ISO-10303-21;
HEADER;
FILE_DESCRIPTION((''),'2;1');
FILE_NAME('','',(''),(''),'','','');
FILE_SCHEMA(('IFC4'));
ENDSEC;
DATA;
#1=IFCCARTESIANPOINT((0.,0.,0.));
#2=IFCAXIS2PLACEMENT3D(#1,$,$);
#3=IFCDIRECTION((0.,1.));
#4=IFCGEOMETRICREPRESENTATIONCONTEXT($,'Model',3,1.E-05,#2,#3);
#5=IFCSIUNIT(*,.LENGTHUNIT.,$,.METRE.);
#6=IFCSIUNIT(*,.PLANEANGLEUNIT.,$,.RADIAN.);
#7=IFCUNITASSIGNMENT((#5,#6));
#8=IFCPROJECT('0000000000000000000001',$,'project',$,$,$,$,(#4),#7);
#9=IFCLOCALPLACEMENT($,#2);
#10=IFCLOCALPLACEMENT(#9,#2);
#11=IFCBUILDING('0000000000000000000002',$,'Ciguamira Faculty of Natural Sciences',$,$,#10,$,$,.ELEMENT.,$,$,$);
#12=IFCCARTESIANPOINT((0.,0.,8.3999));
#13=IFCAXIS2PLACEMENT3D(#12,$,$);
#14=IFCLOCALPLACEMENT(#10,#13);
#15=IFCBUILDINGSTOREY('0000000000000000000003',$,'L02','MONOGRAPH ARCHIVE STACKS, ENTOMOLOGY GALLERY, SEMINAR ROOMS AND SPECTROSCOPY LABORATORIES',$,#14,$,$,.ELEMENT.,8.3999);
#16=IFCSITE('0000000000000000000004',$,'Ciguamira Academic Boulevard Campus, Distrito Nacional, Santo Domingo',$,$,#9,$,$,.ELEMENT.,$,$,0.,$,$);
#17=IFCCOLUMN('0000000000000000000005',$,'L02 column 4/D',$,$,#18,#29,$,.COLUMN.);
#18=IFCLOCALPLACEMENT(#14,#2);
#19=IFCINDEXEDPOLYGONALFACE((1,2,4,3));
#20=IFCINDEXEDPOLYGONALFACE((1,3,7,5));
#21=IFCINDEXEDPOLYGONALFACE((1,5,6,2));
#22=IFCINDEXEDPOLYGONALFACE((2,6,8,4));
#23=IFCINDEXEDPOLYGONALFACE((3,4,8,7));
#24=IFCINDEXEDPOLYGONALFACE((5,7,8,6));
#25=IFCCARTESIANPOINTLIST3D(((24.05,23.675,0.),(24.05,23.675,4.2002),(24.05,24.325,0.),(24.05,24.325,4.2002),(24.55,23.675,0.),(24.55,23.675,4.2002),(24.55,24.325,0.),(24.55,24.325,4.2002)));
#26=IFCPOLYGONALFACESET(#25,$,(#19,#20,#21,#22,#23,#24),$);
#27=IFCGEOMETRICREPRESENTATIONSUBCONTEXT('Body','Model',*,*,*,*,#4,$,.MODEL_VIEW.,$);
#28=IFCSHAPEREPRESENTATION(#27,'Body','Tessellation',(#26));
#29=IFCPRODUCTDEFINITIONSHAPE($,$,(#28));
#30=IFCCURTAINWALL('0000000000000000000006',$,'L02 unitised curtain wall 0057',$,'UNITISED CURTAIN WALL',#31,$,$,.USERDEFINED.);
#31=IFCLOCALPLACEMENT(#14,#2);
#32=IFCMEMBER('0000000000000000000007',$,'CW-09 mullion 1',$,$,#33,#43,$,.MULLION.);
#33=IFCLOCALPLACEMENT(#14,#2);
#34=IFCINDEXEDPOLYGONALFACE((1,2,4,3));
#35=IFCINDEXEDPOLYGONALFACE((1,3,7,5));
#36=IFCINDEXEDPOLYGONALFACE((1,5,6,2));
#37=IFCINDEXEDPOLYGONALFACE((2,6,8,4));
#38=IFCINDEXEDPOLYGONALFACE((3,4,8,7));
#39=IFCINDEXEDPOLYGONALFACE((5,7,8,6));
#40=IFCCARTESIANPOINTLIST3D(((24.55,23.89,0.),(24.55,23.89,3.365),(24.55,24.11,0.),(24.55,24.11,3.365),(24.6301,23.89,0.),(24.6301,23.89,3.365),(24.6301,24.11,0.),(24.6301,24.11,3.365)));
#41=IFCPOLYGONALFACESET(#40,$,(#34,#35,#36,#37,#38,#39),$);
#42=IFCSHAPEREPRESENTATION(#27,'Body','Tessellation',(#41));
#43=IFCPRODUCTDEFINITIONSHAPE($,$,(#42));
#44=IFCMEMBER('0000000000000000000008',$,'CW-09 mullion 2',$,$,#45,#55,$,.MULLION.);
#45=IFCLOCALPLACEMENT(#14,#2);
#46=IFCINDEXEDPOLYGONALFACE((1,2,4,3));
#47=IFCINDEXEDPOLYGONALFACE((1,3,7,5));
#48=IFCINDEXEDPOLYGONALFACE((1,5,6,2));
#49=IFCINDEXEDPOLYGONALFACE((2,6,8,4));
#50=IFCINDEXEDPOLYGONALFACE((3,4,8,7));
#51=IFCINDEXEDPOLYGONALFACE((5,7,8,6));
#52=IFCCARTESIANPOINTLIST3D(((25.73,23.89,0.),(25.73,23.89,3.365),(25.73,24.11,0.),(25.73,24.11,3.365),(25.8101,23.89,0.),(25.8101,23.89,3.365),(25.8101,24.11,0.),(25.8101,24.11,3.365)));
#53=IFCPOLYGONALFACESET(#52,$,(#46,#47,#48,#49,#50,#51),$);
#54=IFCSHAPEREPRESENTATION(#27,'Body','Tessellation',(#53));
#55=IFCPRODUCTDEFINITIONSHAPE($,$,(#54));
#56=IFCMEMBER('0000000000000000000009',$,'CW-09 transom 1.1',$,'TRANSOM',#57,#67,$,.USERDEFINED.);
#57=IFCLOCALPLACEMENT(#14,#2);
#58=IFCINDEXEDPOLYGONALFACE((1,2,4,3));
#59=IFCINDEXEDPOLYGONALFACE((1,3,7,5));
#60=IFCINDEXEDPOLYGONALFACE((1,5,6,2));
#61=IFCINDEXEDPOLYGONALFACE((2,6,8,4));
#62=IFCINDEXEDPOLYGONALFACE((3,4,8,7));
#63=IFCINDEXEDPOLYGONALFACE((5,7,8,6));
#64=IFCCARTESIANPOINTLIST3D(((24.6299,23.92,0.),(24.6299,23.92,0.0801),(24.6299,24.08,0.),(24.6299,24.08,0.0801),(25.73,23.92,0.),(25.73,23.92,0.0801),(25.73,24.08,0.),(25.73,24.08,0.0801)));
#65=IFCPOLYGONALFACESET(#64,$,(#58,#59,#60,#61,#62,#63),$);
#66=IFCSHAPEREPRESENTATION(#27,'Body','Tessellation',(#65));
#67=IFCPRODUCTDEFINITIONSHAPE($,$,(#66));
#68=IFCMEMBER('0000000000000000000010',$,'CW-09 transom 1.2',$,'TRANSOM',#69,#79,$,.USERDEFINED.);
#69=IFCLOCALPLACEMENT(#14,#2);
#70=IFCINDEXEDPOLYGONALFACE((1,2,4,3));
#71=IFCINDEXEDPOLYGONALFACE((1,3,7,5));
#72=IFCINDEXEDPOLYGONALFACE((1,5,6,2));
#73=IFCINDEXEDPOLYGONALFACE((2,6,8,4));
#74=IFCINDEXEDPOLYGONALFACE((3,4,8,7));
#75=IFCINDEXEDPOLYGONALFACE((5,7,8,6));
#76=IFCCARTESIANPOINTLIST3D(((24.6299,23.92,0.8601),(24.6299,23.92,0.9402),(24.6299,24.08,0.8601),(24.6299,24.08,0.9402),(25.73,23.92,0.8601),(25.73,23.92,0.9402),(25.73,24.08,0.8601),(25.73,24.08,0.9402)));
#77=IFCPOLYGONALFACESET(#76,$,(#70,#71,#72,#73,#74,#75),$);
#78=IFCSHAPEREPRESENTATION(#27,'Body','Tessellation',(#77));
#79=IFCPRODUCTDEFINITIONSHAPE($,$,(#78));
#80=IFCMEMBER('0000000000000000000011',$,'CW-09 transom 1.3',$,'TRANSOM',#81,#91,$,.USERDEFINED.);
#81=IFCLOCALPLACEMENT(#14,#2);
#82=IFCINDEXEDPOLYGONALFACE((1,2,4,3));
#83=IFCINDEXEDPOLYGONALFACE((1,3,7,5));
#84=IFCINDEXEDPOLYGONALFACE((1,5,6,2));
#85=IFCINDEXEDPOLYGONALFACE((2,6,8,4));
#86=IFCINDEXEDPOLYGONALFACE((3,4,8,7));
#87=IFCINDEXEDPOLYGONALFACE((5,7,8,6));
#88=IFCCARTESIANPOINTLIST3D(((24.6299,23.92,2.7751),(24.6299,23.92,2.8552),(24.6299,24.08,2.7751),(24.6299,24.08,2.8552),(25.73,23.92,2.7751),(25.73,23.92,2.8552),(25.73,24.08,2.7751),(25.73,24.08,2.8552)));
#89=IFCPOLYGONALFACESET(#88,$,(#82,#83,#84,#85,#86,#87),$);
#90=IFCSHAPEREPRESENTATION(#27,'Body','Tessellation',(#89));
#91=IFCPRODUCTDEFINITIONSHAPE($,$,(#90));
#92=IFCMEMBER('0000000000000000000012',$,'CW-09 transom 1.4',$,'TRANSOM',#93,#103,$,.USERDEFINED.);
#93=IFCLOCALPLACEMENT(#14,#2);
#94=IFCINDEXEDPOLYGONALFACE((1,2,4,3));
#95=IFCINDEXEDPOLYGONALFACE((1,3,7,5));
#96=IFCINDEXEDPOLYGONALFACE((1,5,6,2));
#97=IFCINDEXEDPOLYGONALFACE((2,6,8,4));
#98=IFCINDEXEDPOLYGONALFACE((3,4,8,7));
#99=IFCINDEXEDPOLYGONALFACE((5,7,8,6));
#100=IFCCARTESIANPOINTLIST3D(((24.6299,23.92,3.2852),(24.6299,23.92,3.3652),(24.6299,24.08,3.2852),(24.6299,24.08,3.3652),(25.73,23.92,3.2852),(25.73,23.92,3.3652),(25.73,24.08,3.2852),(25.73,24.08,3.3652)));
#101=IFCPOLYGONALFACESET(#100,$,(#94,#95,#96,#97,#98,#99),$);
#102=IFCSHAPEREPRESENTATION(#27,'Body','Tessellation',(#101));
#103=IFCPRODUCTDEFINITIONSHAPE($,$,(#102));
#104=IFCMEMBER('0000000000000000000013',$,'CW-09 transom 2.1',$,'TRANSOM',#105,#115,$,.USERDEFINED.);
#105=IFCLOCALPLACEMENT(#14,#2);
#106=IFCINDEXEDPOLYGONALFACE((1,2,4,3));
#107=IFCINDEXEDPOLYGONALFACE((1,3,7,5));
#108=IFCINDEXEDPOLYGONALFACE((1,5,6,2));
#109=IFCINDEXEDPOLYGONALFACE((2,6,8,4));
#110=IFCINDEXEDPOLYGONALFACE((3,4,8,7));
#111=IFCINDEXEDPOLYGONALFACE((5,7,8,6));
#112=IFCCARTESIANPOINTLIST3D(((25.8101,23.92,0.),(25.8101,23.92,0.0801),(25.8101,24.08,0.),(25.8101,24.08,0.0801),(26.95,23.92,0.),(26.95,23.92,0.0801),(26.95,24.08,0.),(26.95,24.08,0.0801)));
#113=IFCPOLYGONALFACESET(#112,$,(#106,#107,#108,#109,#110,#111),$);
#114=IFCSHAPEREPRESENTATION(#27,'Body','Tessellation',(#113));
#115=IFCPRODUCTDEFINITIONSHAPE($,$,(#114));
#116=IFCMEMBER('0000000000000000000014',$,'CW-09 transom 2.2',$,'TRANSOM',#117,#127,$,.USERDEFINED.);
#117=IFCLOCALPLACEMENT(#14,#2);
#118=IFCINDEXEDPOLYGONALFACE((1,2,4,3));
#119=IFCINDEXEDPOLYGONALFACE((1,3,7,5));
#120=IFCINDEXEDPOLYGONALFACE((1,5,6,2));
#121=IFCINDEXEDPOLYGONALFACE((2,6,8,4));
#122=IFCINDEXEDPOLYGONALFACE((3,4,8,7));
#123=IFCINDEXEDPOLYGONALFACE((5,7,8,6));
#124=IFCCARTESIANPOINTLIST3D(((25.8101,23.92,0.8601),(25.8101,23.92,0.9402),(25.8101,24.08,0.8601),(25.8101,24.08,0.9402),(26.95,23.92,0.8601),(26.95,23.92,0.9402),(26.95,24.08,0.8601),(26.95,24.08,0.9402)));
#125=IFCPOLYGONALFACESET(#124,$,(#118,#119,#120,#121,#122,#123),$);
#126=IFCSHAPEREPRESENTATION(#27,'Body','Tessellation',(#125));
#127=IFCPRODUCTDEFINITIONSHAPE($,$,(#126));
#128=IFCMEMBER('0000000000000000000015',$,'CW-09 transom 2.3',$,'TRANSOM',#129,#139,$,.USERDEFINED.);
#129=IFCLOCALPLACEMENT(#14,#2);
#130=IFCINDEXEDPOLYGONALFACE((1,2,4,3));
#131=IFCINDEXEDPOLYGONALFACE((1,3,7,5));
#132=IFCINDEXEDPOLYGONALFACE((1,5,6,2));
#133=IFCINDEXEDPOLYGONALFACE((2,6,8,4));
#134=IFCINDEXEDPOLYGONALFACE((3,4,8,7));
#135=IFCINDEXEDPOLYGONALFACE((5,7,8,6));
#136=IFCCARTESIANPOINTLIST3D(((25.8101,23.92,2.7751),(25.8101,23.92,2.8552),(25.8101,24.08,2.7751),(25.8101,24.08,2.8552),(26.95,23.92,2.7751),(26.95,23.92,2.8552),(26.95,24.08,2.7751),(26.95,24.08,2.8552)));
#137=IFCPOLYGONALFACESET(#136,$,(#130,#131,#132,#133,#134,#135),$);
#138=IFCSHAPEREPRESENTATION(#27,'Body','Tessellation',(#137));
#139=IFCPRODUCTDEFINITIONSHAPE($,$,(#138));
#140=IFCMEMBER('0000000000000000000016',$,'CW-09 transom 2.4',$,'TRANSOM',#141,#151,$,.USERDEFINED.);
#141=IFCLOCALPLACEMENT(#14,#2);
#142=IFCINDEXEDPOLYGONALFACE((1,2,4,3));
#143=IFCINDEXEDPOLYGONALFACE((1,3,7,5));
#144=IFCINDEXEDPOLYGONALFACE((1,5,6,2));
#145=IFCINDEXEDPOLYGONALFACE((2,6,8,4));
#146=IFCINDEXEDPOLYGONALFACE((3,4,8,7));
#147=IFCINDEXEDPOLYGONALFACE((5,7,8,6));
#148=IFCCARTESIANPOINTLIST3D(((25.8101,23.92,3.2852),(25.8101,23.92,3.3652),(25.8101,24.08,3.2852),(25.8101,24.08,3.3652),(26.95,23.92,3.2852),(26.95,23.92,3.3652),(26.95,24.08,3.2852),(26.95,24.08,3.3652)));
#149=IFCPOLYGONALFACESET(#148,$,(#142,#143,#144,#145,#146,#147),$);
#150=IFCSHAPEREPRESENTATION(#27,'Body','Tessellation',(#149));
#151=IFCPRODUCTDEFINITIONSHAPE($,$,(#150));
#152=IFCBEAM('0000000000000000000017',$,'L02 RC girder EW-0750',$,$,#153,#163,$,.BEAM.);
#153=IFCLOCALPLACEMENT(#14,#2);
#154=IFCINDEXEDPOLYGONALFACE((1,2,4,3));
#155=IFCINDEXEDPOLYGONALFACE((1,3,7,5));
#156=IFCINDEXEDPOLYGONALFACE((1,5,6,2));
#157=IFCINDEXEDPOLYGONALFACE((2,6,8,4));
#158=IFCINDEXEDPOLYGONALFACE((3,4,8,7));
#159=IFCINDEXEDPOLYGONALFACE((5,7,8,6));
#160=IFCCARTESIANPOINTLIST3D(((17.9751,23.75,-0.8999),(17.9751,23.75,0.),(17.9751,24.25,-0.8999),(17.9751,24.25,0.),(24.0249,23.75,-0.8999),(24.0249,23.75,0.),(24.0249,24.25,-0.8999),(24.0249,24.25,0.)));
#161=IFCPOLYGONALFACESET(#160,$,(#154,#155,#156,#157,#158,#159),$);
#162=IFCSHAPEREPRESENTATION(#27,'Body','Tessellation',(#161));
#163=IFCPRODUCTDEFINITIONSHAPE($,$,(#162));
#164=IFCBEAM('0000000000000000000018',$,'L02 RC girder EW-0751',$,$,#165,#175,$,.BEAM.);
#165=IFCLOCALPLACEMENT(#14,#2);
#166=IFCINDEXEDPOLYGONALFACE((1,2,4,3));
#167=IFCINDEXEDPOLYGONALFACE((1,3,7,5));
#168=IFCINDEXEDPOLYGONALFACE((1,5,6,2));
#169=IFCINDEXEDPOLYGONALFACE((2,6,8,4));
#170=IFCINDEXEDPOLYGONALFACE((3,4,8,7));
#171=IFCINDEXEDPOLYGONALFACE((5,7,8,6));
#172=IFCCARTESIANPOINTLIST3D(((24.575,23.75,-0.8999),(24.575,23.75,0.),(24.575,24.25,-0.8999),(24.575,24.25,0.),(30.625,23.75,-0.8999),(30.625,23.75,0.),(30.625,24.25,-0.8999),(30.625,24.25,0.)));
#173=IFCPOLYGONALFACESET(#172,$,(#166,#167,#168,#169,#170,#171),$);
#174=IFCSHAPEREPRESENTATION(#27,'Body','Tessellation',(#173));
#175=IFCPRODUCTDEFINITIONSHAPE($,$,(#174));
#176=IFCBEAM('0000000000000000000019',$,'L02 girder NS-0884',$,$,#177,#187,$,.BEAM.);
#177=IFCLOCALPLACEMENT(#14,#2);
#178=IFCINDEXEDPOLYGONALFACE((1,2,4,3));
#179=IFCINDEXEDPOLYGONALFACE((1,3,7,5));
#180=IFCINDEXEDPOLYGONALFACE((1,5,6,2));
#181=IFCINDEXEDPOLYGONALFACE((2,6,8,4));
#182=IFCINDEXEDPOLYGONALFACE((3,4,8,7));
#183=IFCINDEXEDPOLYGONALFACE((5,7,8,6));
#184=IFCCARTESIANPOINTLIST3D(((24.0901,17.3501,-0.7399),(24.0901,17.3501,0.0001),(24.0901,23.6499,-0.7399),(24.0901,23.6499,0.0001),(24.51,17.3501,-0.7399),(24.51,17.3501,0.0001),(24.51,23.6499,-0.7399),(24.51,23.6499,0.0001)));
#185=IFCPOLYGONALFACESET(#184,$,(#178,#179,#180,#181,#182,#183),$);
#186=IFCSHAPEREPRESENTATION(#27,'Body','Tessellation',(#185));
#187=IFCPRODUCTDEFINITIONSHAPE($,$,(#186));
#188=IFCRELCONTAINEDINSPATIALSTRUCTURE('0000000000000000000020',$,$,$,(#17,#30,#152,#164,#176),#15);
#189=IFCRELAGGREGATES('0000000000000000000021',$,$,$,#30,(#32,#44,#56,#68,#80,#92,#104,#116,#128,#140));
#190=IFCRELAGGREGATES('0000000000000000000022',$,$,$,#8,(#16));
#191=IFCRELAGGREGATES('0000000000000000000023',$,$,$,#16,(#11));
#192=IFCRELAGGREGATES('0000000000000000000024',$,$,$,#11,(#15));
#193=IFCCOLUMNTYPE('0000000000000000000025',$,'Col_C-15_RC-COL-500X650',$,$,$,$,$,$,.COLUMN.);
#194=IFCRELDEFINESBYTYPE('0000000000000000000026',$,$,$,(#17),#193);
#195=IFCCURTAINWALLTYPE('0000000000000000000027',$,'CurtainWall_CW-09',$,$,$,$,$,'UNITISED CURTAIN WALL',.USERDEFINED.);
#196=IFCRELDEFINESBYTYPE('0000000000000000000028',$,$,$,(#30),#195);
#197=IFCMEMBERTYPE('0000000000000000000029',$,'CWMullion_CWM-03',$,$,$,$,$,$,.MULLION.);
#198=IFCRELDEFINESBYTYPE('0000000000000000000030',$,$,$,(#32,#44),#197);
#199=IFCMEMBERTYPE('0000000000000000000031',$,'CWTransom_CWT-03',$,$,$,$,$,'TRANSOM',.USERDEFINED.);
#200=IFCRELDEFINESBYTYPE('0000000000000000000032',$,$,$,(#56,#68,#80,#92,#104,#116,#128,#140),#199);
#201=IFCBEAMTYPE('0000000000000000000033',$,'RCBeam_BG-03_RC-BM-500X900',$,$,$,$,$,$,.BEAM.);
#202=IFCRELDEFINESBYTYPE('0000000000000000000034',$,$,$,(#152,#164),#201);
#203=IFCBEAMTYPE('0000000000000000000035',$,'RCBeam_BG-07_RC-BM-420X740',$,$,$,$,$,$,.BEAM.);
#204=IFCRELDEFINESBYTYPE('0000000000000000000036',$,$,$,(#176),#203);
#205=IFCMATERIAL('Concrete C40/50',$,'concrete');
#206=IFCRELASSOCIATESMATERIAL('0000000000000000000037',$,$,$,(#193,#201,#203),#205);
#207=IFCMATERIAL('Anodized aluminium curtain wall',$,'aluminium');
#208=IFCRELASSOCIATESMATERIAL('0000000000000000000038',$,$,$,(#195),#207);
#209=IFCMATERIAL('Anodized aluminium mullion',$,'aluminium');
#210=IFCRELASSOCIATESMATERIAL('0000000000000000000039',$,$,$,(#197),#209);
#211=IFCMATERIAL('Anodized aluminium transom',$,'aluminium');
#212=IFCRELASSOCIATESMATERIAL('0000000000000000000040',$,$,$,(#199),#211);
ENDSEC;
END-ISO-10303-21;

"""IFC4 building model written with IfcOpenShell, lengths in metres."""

from ifc_helpers import new_model, si_unit, direction, frame, origin, origin_2d, place, context, subcontext, project, spatial, rectangle, extrude, material, material_profile, profile_set, type_object, element, aggregate, save


model = new_model("IFC4")

# Units and contexts
model_context = context("Model", 3, precision=1e-05, world=origin(), true_north=direction((0.0, 1.0)))
body_context = subcontext(model_context, "Body", "Model", "MODEL_VIEW")
ifc_project = project(units=[si_unit("LENGTHUNIT", "METRE"), si_unit("PLANEANGLEUNIT", "RADIAN")], contexts=[model_context])

# Site, building, storey
site_placement = place(None, origin())
site = spatial("IfcSite", under=ifc_project, at=site_placement, Name="Ciguamira Academic Boulevard Campus, Distrito Nacional, Santo Domingo", CompositionType="ELEMENT", RefElevation=0.0)
building_placement = place(site_placement, origin())
building = spatial("IfcBuilding", under=site, at=building_placement, Name="Ciguamira Faculty of Natural Sciences", CompositionType="ELEMENT")
storey_placement = place(building_placement, frame((0.0, 0.0, 8.3999)))
storey = spatial("IfcBuildingStorey", under=building, at=storey_placement, Name="L02", Description="MONOGRAPH ARCHIVE STACKS, ENTOMOLOGY GALLERY, SEMINAR ROOMS AND SPECTROSCOPY LABORATORIES", CompositionType="ELEMENT", Elevation=8.3999)

# Column
ifc_material_1 = material(Name="Concrete C40/50", Category="concrete")
ifc_material_profile_1 = material_profile(ifc_material_1, rectangle(XDim=0.5, YDim=0.6499, at=origin_2d()), Name="RC-COL-500X650")
ifc_profile_set_1 = profile_set([ifc_material_profile_1], Name="Concrete C40/50")
column_type = type_object("IfcColumnType", Name="Col_C-15_RC-COL-500X650", PredefinedType="COLUMN", material=ifc_profile_set_1)
column_placement = place(storey_placement, frame((24.3, 24.0, 0.0), z_axis=(0.0, 0.0, 1.0), x_axis=(1.0, 0.0, 0.0)))
element("IfcColumn", 1, at=column_placement, inside=storey, type_object=column_type, Name="L02 column 4/D", PredefinedType="COLUMN", context=body_context, shape_type="SweptSolid", body=[
    extrude(rectangle(XDim=0.5, YDim=0.6499, at=origin_2d()), origin(), (0.0, 0.0, 1.0), 4.2002),
])

# Curtain wall, members
ifc_material_2 = material(Name="Anodized aluminium curtain wall", Category="aluminium")
curtain_wall_type = type_object("IfcCurtainWallType", Name="CurtainWall_CW-09", ElementType="UNITISED CURTAIN WALL", PredefinedType="USERDEFINED", material=ifc_material_2)
curtain_wall_placement = place(storey_placement, origin())
curtain_wall = element("IfcCurtainWall", 2, at=curtain_wall_placement, inside=storey, type_object=curtain_wall_type, Name="L02 unitised curtain wall 0057", ObjectType="UNITISED CURTAIN WALL", PredefinedType="USERDEFINED")
ifc_material_3 = material(Name="Anodized aluminium mullion", Category="aluminium")
ifc_material_profile_2 = material_profile(ifc_material_3, rectangle(XDim=0.0801, YDim=0.22, at=origin_2d()), Name="ALU-MUL-80X220")
ifc_profile_set_2 = profile_set([ifc_material_profile_2], Name="Anodized aluminium mullion")
member_type_1 = type_object("IfcMemberType", Name="CWMullion_CWM-03", PredefinedType="MULLION", material=ifc_profile_set_2)
member_1_placement = place(storey_placement, frame((24.5901, 24.0, 0.0), z_axis=(0.0, 0.0, 1.0), x_axis=(1.0, 0.0, 0.0)))
member_1 = element("IfcMember", 3, at=member_1_placement, type_object=member_type_1, Name="CW-09 mullion 1", PredefinedType="MULLION", context=body_context, shape_type="SweptSolid", body=[
    extrude(rectangle(XDim=0.0801, YDim=0.22, at=origin_2d()), origin(), (0.0, 0.0, 1.0), 3.365),
])
member_2_placement = place(storey_placement, frame((25.77, 24.0, 0.0), z_axis=(0.0, 0.0, 1.0), x_axis=(1.0, 0.0, 0.0)))
member_2 = element("IfcMember", 4, at=member_2_placement, type_object=member_type_1, Name="CW-09 mullion 2", PredefinedType="MULLION", context=body_context, shape_type="SweptSolid", body=[
    extrude(rectangle(XDim=0.0801, YDim=0.22, at=origin_2d()), origin(), (0.0, 0.0, 1.0), 3.365),
])
ifc_material_4 = material(Name="Anodized aluminium transom", Category="aluminium")
ifc_material_profile_3 = material_profile(ifc_material_4, rectangle(XDim=0.0801, YDim=0.1599, at=origin_2d()), Name="ALU-TRN-80X160")
ifc_profile_set_3 = profile_set([ifc_material_profile_3], Name="Anodized aluminium transom")
member_type_2 = type_object("IfcMemberType", Name="CWTransom_CWT-03", ElementType="TRANSOM", PredefinedType="USERDEFINED", material=ifc_profile_set_3)
member_3_placement = place(storey_placement, frame((24.6299, 24.0, 0.04), z_axis=(1.0, 0.0, 0.0), x_axis=(0.0, 0.0, 1.0)))
member_3 = element("IfcMember", 5, at=member_3_placement, type_object=member_type_2, Name="CW-09 transom 1.1", ObjectType="TRANSOM", PredefinedType="USERDEFINED", context=body_context, shape_type="SweptSolid", body=[
    extrude(rectangle(XDim=0.0801, YDim=0.1599, at=origin_2d()), origin(), (0.0, 0.0, 1.0), 1.1001),
])
member_4_placement = place(storey_placement, frame((24.6299, 24.0, 0.9001), z_axis=(1.0, 0.0, 0.0), x_axis=(0.0, 0.0, 1.0)))
member_4 = element("IfcMember", 6, at=member_4_placement, type_object=member_type_2, Name="CW-09 transom 1.2", ObjectType="TRANSOM", PredefinedType="USERDEFINED", context=body_context, shape_type="SweptSolid", body=[
    extrude(rectangle(XDim=0.0801, YDim=0.1599, at=origin_2d()), origin(), (0.0, 0.0, 1.0), 1.1001),
])
member_5_placement = place(storey_placement, frame((24.6299, 24.0, 2.8152), z_axis=(1.0, 0.0, 0.0), x_axis=(0.0, 0.0, 1.0)))
member_5 = element("IfcMember", 7, at=member_5_placement, type_object=member_type_2, Name="CW-09 transom 1.3", ObjectType="TRANSOM", PredefinedType="USERDEFINED", context=body_context, shape_type="SweptSolid", body=[
    extrude(rectangle(XDim=0.0801, YDim=0.1599, at=origin_2d()), origin(), (0.0, 0.0, 1.0), 1.1001),
])
member_6_placement = place(storey_placement, frame((24.6299, 24.0, 3.3252), z_axis=(1.0, 0.0, 0.0), x_axis=(0.0, 0.0, 1.0)))
member_6 = element("IfcMember", 8, at=member_6_placement, type_object=member_type_2, Name="CW-09 transom 1.4", ObjectType="TRANSOM", PredefinedType="USERDEFINED", context=body_context, shape_type="SweptSolid", body=[
    extrude(rectangle(XDim=0.0801, YDim=0.1599, at=origin_2d()), origin(), (0.0, 0.0, 1.0), 1.1001),
])
member_7_placement = place(storey_placement, frame((25.8101, 24.0, 0.04), z_axis=(1.0, 0.0, 0.0), x_axis=(0.0, 0.0, 1.0)))
member_7 = element("IfcMember", 9, at=member_7_placement, type_object=member_type_2, Name="CW-09 transom 2.1", ObjectType="TRANSOM", PredefinedType="USERDEFINED", context=body_context, shape_type="SweptSolid", body=[
    extrude(rectangle(XDim=0.0801, YDim=0.1599, at=origin_2d()), origin(), (0.0, 0.0, 1.0), 1.1399),
])
member_8_placement = place(storey_placement, frame((25.8101, 24.0, 0.9001), z_axis=(1.0, 0.0, 0.0), x_axis=(0.0, 0.0, 1.0)))
member_8 = element("IfcMember", 10, at=member_8_placement, type_object=member_type_2, Name="CW-09 transom 2.2", ObjectType="TRANSOM", PredefinedType="USERDEFINED", context=body_context, shape_type="SweptSolid", body=[
    extrude(rectangle(XDim=0.0801, YDim=0.1599, at=origin_2d()), origin(), (0.0, 0.0, 1.0), 1.1399),
])
member_9_placement = place(storey_placement, frame((25.8101, 24.0, 2.8152), z_axis=(1.0, 0.0, 0.0), x_axis=(0.0, 0.0, 1.0)))
member_9 = element("IfcMember", 11, at=member_9_placement, type_object=member_type_2, Name="CW-09 transom 2.3", ObjectType="TRANSOM", PredefinedType="USERDEFINED", context=body_context, shape_type="SweptSolid", body=[
    extrude(rectangle(XDim=0.0801, YDim=0.1599, at=origin_2d()), origin(), (0.0, 0.0, 1.0), 1.1399),
])
member_10_placement = place(storey_placement, frame((25.8101, 24.0, 3.3252), z_axis=(1.0, 0.0, 0.0), x_axis=(0.0, 0.0, 1.0)))
member_10 = element("IfcMember", 12, at=member_10_placement, type_object=member_type_2, Name="CW-09 transom 2.4", ObjectType="TRANSOM", PredefinedType="USERDEFINED", context=body_context, shape_type="SweptSolid", body=[
    extrude(rectangle(XDim=0.0801, YDim=0.1599, at=origin_2d()), origin(), (0.0, 0.0, 1.0), 1.1399),
])

# Beams
ifc_material_profile_4 = material_profile(ifc_material_1, rectangle(XDim=0.5, YDim=0.8999, at=origin_2d()), Name="RC-BM-500X900")
ifc_profile_set_4 = profile_set([ifc_material_profile_4], Name="Concrete C40/50")
beam_type_1 = type_object("IfcBeamType", Name="RCBeam_BG-03_RC-BM-500X900", PredefinedType="BEAM", material=ifc_profile_set_4)
beam_1_placement = place(storey_placement, frame((17.9751, 24.0, -0.45), z_axis=(1.0, 0.0, 0.0), x_axis=(0.0, 1.0, 0.0)))
element("IfcBeam", 13, at=beam_1_placement, inside=storey, type_object=beam_type_1, Name="L02 RC girder EW-0750", PredefinedType="BEAM", context=body_context, shape_type="SweptSolid", body=[
    extrude(rectangle(XDim=0.5, YDim=0.8999, at=origin_2d()), origin(), (0.0, 0.0, 1.0), 6.0498),
])
beam_2_placement = place(storey_placement, frame((24.575, 24.0, -0.45), z_axis=(1.0, 0.0, 0.0), x_axis=(0.0, 1.0, 0.0)))
element("IfcBeam", 14, at=beam_2_placement, inside=storey, type_object=beam_type_1, Name="L02 RC girder EW-0751", PredefinedType="BEAM", context=body_context, shape_type="SweptSolid", body=[
    extrude(rectangle(XDim=0.5, YDim=0.8999, at=origin_2d()), origin(), (0.0, 0.0, 1.0), 6.05),
])
ifc_material_profile_5 = material_profile(ifc_material_1, rectangle(XDim=0.4199, YDim=0.74, at=origin_2d()), Name="RC-BM-420X740")
ifc_profile_set_5 = profile_set([ifc_material_profile_5], Name="Concrete C40/50")
beam_type_2 = type_object("IfcBeamType", Name="RCBeam_BG-07_RC-BM-420X740", PredefinedType="BEAM", material=ifc_profile_set_5)
beam_3_placement = place(storey_placement, frame((24.3, 17.3501, -0.3699), z_axis=(0.0, 1.0, 0.0), x_axis=(-1.0, 0.0, 0.0)))
element("IfcBeam", 15, at=beam_3_placement, inside=storey, type_object=beam_type_2, Name="L02 girder NS-0884", PredefinedType="BEAM", context=body_context, shape_type="SweptSolid", body=[
    extrude(rectangle(XDim=0.4199, YDim=0.74, at=origin_2d()), origin(), (0.0, 0.0, 1.0), 6.2998),
])

aggregate(curtain_wall, [member_1, member_2, member_3, member_4, member_5, member_6, member_7, member_8, member_9, member_10])

save(model, "model.ifc")
